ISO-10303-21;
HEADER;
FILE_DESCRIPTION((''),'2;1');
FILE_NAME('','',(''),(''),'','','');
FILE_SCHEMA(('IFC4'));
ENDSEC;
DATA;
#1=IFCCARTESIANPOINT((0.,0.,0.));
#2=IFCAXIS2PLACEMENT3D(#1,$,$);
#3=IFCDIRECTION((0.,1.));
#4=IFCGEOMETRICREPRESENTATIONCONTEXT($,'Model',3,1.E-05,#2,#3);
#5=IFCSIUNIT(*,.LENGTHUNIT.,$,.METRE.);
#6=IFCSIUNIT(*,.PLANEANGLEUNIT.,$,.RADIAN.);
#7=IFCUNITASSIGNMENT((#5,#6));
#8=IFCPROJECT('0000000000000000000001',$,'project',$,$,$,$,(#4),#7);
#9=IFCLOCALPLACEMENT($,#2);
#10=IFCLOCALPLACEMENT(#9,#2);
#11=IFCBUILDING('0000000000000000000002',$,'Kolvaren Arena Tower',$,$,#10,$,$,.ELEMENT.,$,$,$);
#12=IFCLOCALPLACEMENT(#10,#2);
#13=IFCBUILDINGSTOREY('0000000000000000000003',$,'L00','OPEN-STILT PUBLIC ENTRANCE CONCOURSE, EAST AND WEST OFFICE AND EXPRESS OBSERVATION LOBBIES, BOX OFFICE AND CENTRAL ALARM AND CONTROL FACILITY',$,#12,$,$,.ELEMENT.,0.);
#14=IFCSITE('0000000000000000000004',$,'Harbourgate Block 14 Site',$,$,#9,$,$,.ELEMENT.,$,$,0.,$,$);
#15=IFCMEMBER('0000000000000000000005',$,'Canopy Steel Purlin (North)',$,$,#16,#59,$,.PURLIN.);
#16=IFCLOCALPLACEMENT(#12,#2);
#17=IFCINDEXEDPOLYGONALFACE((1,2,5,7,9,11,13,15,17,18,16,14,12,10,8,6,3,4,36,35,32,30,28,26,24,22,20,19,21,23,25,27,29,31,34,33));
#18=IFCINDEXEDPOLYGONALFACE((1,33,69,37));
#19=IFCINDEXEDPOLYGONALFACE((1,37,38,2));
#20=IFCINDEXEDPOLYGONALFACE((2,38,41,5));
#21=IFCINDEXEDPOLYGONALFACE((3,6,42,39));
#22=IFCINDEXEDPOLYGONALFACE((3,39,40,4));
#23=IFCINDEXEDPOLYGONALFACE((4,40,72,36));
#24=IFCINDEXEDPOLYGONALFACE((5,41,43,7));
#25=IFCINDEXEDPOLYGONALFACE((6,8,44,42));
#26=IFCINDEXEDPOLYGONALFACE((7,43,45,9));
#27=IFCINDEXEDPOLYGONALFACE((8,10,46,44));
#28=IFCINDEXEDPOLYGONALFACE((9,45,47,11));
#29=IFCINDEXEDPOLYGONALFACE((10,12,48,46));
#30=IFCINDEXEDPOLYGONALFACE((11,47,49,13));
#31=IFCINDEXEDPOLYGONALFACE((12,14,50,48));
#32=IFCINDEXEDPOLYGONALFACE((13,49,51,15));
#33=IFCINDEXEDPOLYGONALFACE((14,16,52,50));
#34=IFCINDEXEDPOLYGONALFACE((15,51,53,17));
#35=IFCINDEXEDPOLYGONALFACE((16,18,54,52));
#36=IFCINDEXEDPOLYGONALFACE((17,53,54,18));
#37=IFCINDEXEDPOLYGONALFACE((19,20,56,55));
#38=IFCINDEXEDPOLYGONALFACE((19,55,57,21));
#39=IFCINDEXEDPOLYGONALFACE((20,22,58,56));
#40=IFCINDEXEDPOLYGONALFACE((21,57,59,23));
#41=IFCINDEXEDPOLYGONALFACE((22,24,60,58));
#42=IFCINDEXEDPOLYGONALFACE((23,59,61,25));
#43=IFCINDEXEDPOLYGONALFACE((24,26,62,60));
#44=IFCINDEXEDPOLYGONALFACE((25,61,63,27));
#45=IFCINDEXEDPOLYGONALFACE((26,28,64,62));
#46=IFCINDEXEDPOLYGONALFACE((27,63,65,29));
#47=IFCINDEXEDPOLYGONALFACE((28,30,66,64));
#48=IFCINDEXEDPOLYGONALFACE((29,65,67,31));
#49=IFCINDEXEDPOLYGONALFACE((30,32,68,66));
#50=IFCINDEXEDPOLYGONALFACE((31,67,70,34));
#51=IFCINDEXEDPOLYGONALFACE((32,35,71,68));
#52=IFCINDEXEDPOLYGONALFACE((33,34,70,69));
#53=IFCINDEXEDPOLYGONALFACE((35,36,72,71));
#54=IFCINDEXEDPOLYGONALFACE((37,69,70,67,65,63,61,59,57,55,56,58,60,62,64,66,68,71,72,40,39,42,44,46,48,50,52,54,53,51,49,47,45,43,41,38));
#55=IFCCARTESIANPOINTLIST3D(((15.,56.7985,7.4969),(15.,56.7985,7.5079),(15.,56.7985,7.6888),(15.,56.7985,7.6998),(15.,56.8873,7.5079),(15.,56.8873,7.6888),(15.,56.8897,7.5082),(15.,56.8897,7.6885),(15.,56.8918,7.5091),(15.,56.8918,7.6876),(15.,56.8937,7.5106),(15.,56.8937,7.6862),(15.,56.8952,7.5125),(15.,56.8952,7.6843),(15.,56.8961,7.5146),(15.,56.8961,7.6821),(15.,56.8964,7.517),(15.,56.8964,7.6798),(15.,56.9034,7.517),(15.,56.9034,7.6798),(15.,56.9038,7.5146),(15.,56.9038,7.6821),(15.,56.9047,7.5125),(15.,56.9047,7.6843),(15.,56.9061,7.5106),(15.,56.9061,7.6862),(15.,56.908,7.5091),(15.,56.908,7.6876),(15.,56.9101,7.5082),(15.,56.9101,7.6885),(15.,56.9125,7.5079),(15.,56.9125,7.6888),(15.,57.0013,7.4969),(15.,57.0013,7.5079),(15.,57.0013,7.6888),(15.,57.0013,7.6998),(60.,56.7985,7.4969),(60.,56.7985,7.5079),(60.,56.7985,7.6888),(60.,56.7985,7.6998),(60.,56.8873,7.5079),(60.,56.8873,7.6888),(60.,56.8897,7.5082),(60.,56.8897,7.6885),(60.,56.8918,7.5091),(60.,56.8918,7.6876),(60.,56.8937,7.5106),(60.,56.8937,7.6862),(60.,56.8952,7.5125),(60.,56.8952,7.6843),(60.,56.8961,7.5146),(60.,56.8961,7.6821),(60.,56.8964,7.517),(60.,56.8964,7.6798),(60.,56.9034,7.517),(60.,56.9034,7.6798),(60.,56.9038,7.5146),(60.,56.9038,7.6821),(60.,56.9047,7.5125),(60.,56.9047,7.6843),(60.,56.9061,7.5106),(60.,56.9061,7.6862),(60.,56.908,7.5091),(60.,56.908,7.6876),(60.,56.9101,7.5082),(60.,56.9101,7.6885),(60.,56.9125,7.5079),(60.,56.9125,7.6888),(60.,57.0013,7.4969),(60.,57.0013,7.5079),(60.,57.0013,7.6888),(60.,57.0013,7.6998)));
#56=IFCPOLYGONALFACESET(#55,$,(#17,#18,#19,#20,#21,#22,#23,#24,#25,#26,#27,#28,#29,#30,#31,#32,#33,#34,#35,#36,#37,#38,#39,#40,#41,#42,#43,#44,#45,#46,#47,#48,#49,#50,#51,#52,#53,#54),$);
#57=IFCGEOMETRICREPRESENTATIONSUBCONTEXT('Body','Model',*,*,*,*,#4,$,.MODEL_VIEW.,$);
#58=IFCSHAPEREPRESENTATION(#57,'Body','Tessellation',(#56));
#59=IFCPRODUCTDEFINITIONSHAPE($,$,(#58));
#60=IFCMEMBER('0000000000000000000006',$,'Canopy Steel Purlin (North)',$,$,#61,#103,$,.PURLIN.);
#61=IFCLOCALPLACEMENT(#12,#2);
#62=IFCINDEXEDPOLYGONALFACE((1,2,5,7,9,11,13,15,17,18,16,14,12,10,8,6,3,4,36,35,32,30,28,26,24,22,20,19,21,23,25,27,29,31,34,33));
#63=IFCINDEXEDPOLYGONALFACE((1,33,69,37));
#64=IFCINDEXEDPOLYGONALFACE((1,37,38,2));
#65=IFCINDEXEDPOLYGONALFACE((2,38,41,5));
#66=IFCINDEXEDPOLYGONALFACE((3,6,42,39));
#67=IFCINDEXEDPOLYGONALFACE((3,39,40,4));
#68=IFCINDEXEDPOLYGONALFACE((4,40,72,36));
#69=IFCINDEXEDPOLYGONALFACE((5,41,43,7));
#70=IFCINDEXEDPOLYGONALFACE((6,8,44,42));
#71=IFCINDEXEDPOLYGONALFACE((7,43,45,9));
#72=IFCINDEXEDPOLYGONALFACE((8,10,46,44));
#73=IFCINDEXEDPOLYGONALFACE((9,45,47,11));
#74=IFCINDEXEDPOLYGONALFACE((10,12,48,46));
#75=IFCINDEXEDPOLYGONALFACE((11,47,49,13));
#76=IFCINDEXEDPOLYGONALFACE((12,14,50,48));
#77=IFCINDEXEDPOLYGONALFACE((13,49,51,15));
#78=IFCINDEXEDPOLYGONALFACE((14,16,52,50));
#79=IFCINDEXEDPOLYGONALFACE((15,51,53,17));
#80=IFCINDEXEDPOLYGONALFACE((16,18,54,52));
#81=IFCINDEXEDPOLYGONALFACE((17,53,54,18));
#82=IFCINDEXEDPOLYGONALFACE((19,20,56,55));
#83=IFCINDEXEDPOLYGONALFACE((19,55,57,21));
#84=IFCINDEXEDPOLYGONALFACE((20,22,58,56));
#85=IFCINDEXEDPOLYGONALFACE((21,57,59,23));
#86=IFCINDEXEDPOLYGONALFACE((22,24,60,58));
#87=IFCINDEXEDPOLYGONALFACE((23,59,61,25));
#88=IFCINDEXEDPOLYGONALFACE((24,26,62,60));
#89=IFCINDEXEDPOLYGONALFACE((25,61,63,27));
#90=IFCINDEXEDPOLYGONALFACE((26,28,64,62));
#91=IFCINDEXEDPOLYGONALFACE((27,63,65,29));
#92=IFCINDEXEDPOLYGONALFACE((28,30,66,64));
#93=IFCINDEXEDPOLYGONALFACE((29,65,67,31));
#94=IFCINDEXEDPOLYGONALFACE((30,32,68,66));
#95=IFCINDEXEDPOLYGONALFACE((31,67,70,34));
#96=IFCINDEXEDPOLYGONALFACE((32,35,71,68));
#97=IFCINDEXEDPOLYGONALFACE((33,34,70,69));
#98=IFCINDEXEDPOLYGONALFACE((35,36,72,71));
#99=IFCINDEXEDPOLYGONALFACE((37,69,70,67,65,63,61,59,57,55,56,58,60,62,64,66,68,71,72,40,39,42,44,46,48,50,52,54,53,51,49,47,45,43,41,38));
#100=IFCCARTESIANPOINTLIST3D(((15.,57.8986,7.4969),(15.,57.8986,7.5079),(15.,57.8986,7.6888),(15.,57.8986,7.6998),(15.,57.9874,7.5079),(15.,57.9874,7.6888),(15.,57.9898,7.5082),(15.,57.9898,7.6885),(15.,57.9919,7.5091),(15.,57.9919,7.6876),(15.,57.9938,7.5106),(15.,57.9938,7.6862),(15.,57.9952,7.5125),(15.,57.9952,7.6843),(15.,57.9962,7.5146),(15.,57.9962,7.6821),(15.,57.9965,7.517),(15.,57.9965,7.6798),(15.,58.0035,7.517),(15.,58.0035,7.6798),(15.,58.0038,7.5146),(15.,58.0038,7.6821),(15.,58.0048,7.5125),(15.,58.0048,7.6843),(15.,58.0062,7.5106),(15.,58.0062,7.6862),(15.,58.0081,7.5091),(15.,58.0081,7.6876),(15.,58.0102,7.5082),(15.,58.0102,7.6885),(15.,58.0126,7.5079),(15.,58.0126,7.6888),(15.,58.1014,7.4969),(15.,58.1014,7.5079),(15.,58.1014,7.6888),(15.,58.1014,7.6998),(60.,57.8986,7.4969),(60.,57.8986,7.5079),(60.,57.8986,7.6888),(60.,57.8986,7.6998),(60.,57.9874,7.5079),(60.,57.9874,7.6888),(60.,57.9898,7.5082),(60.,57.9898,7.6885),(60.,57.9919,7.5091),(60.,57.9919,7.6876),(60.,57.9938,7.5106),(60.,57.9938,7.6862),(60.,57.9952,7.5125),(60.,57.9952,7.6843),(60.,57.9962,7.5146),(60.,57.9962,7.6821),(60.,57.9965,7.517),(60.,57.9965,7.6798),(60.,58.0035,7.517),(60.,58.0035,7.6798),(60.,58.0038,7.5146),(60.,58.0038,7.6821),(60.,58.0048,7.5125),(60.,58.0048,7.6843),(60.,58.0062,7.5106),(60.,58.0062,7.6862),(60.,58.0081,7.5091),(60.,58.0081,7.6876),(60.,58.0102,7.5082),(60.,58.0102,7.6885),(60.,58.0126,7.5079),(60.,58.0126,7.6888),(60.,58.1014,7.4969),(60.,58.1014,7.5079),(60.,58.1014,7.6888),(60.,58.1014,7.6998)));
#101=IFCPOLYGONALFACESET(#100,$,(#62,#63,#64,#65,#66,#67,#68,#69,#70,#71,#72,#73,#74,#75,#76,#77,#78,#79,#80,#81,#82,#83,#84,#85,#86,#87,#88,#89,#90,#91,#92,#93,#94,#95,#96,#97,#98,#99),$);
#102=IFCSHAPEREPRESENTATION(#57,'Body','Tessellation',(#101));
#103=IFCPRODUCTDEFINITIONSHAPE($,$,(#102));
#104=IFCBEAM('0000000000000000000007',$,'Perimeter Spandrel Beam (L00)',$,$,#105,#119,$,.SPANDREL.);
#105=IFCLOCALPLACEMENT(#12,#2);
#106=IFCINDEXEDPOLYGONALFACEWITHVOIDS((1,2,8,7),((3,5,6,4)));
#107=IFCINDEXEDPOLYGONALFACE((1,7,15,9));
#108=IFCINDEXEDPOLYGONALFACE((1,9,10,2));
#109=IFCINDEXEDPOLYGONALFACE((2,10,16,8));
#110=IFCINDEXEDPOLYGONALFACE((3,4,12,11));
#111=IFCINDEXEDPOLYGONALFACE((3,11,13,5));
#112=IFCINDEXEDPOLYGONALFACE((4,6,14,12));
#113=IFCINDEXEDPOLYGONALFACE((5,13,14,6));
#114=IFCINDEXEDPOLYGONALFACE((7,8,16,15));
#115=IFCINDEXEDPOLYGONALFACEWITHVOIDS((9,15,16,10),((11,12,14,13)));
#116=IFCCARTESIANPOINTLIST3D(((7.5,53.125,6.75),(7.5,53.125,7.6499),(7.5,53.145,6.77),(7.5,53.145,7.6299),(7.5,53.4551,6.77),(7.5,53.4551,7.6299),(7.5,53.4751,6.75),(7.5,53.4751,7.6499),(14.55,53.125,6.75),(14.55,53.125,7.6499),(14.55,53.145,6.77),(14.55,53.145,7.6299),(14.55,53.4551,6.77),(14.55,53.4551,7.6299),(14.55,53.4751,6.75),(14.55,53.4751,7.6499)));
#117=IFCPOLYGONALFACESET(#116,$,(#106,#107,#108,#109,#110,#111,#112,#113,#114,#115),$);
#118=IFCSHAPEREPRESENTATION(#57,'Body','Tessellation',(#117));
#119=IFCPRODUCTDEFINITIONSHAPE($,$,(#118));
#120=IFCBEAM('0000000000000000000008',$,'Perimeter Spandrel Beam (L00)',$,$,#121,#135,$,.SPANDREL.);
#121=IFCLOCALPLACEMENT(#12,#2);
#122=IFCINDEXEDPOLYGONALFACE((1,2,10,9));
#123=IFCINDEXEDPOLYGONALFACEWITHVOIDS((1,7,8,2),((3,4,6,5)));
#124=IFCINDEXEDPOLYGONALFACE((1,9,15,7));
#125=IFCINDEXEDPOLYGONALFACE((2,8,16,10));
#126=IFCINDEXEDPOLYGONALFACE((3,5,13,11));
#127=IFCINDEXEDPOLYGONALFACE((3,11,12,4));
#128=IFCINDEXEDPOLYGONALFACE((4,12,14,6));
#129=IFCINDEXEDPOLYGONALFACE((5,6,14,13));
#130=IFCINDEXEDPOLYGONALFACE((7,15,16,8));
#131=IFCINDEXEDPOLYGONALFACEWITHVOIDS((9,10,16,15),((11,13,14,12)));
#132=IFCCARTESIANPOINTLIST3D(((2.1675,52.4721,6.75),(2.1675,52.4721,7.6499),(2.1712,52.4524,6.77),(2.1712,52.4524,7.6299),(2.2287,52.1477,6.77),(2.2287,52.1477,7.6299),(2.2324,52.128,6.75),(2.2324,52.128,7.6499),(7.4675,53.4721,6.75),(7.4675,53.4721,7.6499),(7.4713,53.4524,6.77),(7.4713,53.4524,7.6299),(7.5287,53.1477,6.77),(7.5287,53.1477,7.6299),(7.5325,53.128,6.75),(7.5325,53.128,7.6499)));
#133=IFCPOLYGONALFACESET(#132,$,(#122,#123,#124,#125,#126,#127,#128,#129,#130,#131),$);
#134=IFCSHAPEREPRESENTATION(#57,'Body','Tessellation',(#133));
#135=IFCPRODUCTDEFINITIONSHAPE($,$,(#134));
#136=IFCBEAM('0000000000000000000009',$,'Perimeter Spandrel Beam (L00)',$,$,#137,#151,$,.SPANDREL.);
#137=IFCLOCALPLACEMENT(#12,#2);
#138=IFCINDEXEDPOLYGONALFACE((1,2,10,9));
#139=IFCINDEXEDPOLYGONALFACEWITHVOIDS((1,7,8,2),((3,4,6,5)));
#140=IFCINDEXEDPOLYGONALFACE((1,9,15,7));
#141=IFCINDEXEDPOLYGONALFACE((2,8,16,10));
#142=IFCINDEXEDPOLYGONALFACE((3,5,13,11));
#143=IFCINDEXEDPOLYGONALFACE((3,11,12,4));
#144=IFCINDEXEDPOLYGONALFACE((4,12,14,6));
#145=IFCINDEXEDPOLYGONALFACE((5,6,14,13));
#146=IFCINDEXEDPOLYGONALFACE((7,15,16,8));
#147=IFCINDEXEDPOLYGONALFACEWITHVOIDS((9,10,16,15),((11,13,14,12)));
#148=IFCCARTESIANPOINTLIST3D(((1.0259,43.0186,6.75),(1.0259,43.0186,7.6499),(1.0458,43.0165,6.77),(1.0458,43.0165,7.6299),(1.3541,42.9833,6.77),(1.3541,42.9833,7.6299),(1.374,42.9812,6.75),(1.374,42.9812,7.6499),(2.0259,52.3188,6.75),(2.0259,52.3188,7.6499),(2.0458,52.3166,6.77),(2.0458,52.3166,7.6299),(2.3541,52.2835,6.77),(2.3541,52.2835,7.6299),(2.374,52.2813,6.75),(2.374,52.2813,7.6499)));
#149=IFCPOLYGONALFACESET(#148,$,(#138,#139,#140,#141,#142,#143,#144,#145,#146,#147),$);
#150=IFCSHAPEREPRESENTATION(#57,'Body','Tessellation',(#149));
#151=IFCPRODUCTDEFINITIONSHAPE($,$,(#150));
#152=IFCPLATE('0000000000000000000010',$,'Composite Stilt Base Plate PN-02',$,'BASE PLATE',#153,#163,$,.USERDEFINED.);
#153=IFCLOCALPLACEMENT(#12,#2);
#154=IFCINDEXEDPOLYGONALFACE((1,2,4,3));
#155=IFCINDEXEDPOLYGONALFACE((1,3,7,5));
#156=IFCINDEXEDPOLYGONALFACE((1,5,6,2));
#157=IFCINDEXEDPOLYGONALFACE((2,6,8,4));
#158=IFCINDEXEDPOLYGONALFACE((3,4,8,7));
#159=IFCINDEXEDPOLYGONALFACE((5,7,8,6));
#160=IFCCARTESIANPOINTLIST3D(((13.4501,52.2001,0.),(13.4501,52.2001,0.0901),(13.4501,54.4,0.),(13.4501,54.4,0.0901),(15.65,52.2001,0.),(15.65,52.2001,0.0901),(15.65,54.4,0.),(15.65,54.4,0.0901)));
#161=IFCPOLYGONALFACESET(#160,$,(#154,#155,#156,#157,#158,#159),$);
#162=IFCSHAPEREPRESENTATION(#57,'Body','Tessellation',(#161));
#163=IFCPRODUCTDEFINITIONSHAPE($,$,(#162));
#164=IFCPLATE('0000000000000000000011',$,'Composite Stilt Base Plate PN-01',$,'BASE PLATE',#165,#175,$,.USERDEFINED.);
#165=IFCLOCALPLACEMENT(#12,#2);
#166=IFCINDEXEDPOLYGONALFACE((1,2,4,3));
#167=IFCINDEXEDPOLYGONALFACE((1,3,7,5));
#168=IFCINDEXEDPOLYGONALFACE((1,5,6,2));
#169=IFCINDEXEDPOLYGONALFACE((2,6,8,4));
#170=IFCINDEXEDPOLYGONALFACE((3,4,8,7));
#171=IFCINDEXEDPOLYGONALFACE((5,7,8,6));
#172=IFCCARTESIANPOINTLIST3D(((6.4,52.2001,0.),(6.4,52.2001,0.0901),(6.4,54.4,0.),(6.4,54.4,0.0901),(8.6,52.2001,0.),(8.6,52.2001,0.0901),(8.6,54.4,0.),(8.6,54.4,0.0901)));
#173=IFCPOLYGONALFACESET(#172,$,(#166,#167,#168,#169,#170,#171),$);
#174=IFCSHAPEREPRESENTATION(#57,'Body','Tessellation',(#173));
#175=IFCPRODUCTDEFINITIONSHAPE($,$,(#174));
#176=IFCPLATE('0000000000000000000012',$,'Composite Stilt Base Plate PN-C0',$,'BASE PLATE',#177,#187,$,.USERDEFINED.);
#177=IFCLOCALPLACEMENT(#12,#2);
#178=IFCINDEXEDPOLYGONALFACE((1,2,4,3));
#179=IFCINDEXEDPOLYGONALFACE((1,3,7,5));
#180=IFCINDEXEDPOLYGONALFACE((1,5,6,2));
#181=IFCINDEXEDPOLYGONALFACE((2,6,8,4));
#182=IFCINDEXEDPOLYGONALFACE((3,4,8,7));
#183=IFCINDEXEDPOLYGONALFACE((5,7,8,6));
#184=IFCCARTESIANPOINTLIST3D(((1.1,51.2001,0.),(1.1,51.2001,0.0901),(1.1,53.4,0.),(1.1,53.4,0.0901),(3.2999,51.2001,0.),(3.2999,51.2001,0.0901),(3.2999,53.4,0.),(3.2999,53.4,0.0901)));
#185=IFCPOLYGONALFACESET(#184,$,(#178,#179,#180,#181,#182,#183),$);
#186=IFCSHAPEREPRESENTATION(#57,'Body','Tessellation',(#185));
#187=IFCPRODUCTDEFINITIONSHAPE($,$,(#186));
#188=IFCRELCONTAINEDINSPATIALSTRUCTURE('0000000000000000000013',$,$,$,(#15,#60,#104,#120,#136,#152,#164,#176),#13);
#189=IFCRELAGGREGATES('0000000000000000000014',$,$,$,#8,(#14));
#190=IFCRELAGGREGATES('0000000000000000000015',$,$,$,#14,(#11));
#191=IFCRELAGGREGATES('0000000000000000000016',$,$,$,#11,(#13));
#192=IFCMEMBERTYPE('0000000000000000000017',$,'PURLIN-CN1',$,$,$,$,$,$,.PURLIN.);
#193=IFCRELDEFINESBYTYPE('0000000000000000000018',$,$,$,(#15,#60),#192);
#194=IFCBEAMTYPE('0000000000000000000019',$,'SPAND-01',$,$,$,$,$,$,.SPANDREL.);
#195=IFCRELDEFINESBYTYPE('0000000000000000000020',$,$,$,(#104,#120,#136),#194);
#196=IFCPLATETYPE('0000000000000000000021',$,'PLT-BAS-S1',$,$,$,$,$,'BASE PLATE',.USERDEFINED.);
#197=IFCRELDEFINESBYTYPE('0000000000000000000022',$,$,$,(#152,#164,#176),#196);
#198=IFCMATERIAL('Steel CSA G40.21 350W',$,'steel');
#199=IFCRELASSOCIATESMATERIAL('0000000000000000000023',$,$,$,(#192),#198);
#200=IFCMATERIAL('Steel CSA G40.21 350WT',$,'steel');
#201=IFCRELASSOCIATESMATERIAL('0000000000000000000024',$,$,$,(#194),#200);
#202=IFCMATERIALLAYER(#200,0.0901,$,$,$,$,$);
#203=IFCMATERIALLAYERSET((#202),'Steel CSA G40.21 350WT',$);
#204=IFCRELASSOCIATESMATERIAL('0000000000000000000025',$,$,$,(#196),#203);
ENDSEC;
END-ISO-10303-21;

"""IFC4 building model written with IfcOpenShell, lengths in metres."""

from ifc_helpers import new_model, si_unit, direction, frame, origin, origin_2d, place, context, subcontext, project, spatial, rectangle, hollow_rectangle, i_section, extrude, material, layer, layer_set, material_profile, profile_set, type_object, element, save


model = new_model("IFC4")

# Units and contexts
model_context = context("Model", 3, precision=1e-05, world=origin(), true_north=direction((0.0, 1.0)))
body_context = subcontext(model_context, "Body", "Model", "MODEL_VIEW")
ifc_project = project(units=[si_unit("LENGTHUNIT", "METRE"), si_unit("PLANEANGLEUNIT", "RADIAN")], contexts=[model_context])

# Site, building, storey
site_placement = place(None, origin())
site = spatial("IfcSite", under=ifc_project, at=site_placement, Name="Harbourgate Block 14 Site", CompositionType="ELEMENT", RefElevation=0.0)
building_placement = place(site_placement, origin())
building = spatial("IfcBuilding", under=site, at=building_placement, Name="Kolvaren Arena Tower", CompositionType="ELEMENT")
storey_placement = place(building_placement, origin())
storey = spatial("IfcBuildingStorey", under=building, at=storey_placement, Name="L00", Description="OPEN-STILT PUBLIC ENTRANCE CONCOURSE, EAST AND WEST OFFICE AND EXPRESS OBSERVATION LOBBIES, BOX OFFICE AND CENTRAL ALARM AND CONTROL FACILITY", CompositionType="ELEMENT", Elevation=0.0)

# Members
ifc_material_1 = material(Name="Steel CSA G40.21 350WT", Category="steel")
ifc_material_2 = material(Name="Steel CSA G40.21 350W", Category="steel")
ifc_material_profile_1 = material_profile(ifc_material_2, i_section(OverallWidth=0.2029, OverallDepth=0.2029, WebThickness=0.0071, FlangeThickness=0.011, FilletRadius=0.009, at=origin_2d()), Name="W200x46")
ifc_profile_set_1 = profile_set([ifc_material_profile_1], Name="Steel CSA G40.21 350W")
member_type_1 = type_object("IfcMemberType", Name="PURLIN-CN1", PredefinedType="PURLIN", material=ifc_profile_set_1)
for number, where, z_axis, x_axis, name in (
    (1, (15.0, 56.8999, 7.5984), (1.0, 0.0, 0.0), (0.0, 1.0, 0.0), "Canopy Steel Purlin (North)"),
    (2, (15.0, 58.0, 7.5984), (1.0, 0.0, 0.0), (0.0, 1.0, 0.0), "Canopy Steel Purlin (North)"),
):
    element("IfcMember", number, at=place(storey_placement, frame(where, z_axis=z_axis, x_axis=x_axis)), inside=storey, type_object=member_type_1, Name=name, PredefinedType="PURLIN", context=body_context, shape_type="SweptSolid", body=[
        extrude(i_section(OverallWidth=0.2029, OverallDepth=0.2029, WebThickness=0.0071, FlangeThickness=0.011, FilletRadius=0.009, at=origin_2d()), origin(), (0.0, 0.0, 1.0), 45.0),
    ])

# Beams
ifc_material_profile_2 = material_profile(ifc_material_1, hollow_rectangle(XDim=0.3501, YDim=0.8999, WallThickness=0.02, at=origin_2d()), Name="HSS 900x350x20")
ifc_profile_set_2 = profile_set([ifc_material_profile_2], Name="Steel CSA G40.21 350WT")
beam_type = type_object("IfcBeamType", Name="SPAND-01", PredefinedType="SPANDREL", material=ifc_profile_set_2)
beam_1_placement = place(storey_placement, frame((14.55, 53.3, 7.2), z_axis=(-1.0, 0.0, 0.0), x_axis=(0.0, -1.0, 0.0)))
element("IfcBeam", 3, at=beam_1_placement, inside=storey, type_object=beam_type, Name="Perimeter Spandrel Beam (L00)", PredefinedType="SPANDREL", context=body_context, shape_type="SweptSolid", body=[
    extrude(hollow_rectangle(XDim=0.3501, YDim=0.8999, WallThickness=0.02, at=origin_2d()), origin(), (0.0, 0.0, 1.0), 7.05),
])
beam_2_placement = place(storey_placement, frame((7.5, 53.3, 7.2), z_axis=(-0.982662, -0.185406, 0.0), x_axis=(0.185406, -0.982662, 0.0)))
element("IfcBeam", 4, at=beam_2_placement, inside=storey, type_object=beam_type, Name="Perimeter Spandrel Beam (L00)", PredefinedType="SPANDREL", context=body_context, shape_type="SweptSolid", body=[
    extrude(hollow_rectangle(XDim=0.3501, YDim=0.8999, WallThickness=0.02, at=origin_2d()), origin(), (0.0, 0.0, 1.0), 5.3936),
])
beam_3_placement = place(storey_placement, frame((2.2, 52.3, 7.2), z_axis=(-0.10691, -0.994269, 0.0), x_axis=(0.994269, -0.10691, 0.0)))
element("IfcBeam", 5, at=beam_3_placement, inside=storey, type_object=beam_type, Name="Perimeter Spandrel Beam (L00)", PredefinedType="SPANDREL", context=body_context, shape_type="SweptSolid", body=[
    extrude(hollow_rectangle(XDim=0.3501, YDim=0.8999, WallThickness=0.02, at=origin_2d()), origin(), (0.0, 0.0, 1.0), 9.3538),
])

# Plates
ifc_layer_1 = layer(ifc_material_1, 0.0901)
ifc_layer_set_1 = layer_set([ifc_layer_1], Name="Steel CSA G40.21 350WT")
plate_type = type_object("IfcPlateType", Name="PLT-BAS-S1", ElementType="BASE PLATE", PredefinedType="USERDEFINED", material=ifc_layer_set_1)
for number, where, z_axis, x_axis, name in (
    (6, (14.55, 53.3, 0.0), (0.0, 0.0, 1.0), (1.0, 0.0, 0.0), "Composite Stilt Base Plate PN-02"),
    (7, (7.5, 53.3, 0.0), (0.0, 0.0, 1.0), (1.0, 0.0, 0.0), "Composite Stilt Base Plate PN-01"),
    (8, (2.2, 52.3, 0.0), (0.0, 0.0, 1.0), (1.0, 0.0, 0.0), "Composite Stilt Base Plate PN-C0"),
):
    element("IfcPlate", number, at=place(storey_placement, frame(where, z_axis=z_axis, x_axis=x_axis)), inside=storey, type_object=plate_type, Name=name, ObjectType="BASE PLATE", PredefinedType="USERDEFINED", context=body_context, shape_type="SweptSolid", body=[
        extrude(rectangle(XDim=2.2, YDim=2.2, at=origin_2d()), origin(), (0.0, 0.0, 1.0), 0.0901),
    ])

save(model, "model.ifc")
